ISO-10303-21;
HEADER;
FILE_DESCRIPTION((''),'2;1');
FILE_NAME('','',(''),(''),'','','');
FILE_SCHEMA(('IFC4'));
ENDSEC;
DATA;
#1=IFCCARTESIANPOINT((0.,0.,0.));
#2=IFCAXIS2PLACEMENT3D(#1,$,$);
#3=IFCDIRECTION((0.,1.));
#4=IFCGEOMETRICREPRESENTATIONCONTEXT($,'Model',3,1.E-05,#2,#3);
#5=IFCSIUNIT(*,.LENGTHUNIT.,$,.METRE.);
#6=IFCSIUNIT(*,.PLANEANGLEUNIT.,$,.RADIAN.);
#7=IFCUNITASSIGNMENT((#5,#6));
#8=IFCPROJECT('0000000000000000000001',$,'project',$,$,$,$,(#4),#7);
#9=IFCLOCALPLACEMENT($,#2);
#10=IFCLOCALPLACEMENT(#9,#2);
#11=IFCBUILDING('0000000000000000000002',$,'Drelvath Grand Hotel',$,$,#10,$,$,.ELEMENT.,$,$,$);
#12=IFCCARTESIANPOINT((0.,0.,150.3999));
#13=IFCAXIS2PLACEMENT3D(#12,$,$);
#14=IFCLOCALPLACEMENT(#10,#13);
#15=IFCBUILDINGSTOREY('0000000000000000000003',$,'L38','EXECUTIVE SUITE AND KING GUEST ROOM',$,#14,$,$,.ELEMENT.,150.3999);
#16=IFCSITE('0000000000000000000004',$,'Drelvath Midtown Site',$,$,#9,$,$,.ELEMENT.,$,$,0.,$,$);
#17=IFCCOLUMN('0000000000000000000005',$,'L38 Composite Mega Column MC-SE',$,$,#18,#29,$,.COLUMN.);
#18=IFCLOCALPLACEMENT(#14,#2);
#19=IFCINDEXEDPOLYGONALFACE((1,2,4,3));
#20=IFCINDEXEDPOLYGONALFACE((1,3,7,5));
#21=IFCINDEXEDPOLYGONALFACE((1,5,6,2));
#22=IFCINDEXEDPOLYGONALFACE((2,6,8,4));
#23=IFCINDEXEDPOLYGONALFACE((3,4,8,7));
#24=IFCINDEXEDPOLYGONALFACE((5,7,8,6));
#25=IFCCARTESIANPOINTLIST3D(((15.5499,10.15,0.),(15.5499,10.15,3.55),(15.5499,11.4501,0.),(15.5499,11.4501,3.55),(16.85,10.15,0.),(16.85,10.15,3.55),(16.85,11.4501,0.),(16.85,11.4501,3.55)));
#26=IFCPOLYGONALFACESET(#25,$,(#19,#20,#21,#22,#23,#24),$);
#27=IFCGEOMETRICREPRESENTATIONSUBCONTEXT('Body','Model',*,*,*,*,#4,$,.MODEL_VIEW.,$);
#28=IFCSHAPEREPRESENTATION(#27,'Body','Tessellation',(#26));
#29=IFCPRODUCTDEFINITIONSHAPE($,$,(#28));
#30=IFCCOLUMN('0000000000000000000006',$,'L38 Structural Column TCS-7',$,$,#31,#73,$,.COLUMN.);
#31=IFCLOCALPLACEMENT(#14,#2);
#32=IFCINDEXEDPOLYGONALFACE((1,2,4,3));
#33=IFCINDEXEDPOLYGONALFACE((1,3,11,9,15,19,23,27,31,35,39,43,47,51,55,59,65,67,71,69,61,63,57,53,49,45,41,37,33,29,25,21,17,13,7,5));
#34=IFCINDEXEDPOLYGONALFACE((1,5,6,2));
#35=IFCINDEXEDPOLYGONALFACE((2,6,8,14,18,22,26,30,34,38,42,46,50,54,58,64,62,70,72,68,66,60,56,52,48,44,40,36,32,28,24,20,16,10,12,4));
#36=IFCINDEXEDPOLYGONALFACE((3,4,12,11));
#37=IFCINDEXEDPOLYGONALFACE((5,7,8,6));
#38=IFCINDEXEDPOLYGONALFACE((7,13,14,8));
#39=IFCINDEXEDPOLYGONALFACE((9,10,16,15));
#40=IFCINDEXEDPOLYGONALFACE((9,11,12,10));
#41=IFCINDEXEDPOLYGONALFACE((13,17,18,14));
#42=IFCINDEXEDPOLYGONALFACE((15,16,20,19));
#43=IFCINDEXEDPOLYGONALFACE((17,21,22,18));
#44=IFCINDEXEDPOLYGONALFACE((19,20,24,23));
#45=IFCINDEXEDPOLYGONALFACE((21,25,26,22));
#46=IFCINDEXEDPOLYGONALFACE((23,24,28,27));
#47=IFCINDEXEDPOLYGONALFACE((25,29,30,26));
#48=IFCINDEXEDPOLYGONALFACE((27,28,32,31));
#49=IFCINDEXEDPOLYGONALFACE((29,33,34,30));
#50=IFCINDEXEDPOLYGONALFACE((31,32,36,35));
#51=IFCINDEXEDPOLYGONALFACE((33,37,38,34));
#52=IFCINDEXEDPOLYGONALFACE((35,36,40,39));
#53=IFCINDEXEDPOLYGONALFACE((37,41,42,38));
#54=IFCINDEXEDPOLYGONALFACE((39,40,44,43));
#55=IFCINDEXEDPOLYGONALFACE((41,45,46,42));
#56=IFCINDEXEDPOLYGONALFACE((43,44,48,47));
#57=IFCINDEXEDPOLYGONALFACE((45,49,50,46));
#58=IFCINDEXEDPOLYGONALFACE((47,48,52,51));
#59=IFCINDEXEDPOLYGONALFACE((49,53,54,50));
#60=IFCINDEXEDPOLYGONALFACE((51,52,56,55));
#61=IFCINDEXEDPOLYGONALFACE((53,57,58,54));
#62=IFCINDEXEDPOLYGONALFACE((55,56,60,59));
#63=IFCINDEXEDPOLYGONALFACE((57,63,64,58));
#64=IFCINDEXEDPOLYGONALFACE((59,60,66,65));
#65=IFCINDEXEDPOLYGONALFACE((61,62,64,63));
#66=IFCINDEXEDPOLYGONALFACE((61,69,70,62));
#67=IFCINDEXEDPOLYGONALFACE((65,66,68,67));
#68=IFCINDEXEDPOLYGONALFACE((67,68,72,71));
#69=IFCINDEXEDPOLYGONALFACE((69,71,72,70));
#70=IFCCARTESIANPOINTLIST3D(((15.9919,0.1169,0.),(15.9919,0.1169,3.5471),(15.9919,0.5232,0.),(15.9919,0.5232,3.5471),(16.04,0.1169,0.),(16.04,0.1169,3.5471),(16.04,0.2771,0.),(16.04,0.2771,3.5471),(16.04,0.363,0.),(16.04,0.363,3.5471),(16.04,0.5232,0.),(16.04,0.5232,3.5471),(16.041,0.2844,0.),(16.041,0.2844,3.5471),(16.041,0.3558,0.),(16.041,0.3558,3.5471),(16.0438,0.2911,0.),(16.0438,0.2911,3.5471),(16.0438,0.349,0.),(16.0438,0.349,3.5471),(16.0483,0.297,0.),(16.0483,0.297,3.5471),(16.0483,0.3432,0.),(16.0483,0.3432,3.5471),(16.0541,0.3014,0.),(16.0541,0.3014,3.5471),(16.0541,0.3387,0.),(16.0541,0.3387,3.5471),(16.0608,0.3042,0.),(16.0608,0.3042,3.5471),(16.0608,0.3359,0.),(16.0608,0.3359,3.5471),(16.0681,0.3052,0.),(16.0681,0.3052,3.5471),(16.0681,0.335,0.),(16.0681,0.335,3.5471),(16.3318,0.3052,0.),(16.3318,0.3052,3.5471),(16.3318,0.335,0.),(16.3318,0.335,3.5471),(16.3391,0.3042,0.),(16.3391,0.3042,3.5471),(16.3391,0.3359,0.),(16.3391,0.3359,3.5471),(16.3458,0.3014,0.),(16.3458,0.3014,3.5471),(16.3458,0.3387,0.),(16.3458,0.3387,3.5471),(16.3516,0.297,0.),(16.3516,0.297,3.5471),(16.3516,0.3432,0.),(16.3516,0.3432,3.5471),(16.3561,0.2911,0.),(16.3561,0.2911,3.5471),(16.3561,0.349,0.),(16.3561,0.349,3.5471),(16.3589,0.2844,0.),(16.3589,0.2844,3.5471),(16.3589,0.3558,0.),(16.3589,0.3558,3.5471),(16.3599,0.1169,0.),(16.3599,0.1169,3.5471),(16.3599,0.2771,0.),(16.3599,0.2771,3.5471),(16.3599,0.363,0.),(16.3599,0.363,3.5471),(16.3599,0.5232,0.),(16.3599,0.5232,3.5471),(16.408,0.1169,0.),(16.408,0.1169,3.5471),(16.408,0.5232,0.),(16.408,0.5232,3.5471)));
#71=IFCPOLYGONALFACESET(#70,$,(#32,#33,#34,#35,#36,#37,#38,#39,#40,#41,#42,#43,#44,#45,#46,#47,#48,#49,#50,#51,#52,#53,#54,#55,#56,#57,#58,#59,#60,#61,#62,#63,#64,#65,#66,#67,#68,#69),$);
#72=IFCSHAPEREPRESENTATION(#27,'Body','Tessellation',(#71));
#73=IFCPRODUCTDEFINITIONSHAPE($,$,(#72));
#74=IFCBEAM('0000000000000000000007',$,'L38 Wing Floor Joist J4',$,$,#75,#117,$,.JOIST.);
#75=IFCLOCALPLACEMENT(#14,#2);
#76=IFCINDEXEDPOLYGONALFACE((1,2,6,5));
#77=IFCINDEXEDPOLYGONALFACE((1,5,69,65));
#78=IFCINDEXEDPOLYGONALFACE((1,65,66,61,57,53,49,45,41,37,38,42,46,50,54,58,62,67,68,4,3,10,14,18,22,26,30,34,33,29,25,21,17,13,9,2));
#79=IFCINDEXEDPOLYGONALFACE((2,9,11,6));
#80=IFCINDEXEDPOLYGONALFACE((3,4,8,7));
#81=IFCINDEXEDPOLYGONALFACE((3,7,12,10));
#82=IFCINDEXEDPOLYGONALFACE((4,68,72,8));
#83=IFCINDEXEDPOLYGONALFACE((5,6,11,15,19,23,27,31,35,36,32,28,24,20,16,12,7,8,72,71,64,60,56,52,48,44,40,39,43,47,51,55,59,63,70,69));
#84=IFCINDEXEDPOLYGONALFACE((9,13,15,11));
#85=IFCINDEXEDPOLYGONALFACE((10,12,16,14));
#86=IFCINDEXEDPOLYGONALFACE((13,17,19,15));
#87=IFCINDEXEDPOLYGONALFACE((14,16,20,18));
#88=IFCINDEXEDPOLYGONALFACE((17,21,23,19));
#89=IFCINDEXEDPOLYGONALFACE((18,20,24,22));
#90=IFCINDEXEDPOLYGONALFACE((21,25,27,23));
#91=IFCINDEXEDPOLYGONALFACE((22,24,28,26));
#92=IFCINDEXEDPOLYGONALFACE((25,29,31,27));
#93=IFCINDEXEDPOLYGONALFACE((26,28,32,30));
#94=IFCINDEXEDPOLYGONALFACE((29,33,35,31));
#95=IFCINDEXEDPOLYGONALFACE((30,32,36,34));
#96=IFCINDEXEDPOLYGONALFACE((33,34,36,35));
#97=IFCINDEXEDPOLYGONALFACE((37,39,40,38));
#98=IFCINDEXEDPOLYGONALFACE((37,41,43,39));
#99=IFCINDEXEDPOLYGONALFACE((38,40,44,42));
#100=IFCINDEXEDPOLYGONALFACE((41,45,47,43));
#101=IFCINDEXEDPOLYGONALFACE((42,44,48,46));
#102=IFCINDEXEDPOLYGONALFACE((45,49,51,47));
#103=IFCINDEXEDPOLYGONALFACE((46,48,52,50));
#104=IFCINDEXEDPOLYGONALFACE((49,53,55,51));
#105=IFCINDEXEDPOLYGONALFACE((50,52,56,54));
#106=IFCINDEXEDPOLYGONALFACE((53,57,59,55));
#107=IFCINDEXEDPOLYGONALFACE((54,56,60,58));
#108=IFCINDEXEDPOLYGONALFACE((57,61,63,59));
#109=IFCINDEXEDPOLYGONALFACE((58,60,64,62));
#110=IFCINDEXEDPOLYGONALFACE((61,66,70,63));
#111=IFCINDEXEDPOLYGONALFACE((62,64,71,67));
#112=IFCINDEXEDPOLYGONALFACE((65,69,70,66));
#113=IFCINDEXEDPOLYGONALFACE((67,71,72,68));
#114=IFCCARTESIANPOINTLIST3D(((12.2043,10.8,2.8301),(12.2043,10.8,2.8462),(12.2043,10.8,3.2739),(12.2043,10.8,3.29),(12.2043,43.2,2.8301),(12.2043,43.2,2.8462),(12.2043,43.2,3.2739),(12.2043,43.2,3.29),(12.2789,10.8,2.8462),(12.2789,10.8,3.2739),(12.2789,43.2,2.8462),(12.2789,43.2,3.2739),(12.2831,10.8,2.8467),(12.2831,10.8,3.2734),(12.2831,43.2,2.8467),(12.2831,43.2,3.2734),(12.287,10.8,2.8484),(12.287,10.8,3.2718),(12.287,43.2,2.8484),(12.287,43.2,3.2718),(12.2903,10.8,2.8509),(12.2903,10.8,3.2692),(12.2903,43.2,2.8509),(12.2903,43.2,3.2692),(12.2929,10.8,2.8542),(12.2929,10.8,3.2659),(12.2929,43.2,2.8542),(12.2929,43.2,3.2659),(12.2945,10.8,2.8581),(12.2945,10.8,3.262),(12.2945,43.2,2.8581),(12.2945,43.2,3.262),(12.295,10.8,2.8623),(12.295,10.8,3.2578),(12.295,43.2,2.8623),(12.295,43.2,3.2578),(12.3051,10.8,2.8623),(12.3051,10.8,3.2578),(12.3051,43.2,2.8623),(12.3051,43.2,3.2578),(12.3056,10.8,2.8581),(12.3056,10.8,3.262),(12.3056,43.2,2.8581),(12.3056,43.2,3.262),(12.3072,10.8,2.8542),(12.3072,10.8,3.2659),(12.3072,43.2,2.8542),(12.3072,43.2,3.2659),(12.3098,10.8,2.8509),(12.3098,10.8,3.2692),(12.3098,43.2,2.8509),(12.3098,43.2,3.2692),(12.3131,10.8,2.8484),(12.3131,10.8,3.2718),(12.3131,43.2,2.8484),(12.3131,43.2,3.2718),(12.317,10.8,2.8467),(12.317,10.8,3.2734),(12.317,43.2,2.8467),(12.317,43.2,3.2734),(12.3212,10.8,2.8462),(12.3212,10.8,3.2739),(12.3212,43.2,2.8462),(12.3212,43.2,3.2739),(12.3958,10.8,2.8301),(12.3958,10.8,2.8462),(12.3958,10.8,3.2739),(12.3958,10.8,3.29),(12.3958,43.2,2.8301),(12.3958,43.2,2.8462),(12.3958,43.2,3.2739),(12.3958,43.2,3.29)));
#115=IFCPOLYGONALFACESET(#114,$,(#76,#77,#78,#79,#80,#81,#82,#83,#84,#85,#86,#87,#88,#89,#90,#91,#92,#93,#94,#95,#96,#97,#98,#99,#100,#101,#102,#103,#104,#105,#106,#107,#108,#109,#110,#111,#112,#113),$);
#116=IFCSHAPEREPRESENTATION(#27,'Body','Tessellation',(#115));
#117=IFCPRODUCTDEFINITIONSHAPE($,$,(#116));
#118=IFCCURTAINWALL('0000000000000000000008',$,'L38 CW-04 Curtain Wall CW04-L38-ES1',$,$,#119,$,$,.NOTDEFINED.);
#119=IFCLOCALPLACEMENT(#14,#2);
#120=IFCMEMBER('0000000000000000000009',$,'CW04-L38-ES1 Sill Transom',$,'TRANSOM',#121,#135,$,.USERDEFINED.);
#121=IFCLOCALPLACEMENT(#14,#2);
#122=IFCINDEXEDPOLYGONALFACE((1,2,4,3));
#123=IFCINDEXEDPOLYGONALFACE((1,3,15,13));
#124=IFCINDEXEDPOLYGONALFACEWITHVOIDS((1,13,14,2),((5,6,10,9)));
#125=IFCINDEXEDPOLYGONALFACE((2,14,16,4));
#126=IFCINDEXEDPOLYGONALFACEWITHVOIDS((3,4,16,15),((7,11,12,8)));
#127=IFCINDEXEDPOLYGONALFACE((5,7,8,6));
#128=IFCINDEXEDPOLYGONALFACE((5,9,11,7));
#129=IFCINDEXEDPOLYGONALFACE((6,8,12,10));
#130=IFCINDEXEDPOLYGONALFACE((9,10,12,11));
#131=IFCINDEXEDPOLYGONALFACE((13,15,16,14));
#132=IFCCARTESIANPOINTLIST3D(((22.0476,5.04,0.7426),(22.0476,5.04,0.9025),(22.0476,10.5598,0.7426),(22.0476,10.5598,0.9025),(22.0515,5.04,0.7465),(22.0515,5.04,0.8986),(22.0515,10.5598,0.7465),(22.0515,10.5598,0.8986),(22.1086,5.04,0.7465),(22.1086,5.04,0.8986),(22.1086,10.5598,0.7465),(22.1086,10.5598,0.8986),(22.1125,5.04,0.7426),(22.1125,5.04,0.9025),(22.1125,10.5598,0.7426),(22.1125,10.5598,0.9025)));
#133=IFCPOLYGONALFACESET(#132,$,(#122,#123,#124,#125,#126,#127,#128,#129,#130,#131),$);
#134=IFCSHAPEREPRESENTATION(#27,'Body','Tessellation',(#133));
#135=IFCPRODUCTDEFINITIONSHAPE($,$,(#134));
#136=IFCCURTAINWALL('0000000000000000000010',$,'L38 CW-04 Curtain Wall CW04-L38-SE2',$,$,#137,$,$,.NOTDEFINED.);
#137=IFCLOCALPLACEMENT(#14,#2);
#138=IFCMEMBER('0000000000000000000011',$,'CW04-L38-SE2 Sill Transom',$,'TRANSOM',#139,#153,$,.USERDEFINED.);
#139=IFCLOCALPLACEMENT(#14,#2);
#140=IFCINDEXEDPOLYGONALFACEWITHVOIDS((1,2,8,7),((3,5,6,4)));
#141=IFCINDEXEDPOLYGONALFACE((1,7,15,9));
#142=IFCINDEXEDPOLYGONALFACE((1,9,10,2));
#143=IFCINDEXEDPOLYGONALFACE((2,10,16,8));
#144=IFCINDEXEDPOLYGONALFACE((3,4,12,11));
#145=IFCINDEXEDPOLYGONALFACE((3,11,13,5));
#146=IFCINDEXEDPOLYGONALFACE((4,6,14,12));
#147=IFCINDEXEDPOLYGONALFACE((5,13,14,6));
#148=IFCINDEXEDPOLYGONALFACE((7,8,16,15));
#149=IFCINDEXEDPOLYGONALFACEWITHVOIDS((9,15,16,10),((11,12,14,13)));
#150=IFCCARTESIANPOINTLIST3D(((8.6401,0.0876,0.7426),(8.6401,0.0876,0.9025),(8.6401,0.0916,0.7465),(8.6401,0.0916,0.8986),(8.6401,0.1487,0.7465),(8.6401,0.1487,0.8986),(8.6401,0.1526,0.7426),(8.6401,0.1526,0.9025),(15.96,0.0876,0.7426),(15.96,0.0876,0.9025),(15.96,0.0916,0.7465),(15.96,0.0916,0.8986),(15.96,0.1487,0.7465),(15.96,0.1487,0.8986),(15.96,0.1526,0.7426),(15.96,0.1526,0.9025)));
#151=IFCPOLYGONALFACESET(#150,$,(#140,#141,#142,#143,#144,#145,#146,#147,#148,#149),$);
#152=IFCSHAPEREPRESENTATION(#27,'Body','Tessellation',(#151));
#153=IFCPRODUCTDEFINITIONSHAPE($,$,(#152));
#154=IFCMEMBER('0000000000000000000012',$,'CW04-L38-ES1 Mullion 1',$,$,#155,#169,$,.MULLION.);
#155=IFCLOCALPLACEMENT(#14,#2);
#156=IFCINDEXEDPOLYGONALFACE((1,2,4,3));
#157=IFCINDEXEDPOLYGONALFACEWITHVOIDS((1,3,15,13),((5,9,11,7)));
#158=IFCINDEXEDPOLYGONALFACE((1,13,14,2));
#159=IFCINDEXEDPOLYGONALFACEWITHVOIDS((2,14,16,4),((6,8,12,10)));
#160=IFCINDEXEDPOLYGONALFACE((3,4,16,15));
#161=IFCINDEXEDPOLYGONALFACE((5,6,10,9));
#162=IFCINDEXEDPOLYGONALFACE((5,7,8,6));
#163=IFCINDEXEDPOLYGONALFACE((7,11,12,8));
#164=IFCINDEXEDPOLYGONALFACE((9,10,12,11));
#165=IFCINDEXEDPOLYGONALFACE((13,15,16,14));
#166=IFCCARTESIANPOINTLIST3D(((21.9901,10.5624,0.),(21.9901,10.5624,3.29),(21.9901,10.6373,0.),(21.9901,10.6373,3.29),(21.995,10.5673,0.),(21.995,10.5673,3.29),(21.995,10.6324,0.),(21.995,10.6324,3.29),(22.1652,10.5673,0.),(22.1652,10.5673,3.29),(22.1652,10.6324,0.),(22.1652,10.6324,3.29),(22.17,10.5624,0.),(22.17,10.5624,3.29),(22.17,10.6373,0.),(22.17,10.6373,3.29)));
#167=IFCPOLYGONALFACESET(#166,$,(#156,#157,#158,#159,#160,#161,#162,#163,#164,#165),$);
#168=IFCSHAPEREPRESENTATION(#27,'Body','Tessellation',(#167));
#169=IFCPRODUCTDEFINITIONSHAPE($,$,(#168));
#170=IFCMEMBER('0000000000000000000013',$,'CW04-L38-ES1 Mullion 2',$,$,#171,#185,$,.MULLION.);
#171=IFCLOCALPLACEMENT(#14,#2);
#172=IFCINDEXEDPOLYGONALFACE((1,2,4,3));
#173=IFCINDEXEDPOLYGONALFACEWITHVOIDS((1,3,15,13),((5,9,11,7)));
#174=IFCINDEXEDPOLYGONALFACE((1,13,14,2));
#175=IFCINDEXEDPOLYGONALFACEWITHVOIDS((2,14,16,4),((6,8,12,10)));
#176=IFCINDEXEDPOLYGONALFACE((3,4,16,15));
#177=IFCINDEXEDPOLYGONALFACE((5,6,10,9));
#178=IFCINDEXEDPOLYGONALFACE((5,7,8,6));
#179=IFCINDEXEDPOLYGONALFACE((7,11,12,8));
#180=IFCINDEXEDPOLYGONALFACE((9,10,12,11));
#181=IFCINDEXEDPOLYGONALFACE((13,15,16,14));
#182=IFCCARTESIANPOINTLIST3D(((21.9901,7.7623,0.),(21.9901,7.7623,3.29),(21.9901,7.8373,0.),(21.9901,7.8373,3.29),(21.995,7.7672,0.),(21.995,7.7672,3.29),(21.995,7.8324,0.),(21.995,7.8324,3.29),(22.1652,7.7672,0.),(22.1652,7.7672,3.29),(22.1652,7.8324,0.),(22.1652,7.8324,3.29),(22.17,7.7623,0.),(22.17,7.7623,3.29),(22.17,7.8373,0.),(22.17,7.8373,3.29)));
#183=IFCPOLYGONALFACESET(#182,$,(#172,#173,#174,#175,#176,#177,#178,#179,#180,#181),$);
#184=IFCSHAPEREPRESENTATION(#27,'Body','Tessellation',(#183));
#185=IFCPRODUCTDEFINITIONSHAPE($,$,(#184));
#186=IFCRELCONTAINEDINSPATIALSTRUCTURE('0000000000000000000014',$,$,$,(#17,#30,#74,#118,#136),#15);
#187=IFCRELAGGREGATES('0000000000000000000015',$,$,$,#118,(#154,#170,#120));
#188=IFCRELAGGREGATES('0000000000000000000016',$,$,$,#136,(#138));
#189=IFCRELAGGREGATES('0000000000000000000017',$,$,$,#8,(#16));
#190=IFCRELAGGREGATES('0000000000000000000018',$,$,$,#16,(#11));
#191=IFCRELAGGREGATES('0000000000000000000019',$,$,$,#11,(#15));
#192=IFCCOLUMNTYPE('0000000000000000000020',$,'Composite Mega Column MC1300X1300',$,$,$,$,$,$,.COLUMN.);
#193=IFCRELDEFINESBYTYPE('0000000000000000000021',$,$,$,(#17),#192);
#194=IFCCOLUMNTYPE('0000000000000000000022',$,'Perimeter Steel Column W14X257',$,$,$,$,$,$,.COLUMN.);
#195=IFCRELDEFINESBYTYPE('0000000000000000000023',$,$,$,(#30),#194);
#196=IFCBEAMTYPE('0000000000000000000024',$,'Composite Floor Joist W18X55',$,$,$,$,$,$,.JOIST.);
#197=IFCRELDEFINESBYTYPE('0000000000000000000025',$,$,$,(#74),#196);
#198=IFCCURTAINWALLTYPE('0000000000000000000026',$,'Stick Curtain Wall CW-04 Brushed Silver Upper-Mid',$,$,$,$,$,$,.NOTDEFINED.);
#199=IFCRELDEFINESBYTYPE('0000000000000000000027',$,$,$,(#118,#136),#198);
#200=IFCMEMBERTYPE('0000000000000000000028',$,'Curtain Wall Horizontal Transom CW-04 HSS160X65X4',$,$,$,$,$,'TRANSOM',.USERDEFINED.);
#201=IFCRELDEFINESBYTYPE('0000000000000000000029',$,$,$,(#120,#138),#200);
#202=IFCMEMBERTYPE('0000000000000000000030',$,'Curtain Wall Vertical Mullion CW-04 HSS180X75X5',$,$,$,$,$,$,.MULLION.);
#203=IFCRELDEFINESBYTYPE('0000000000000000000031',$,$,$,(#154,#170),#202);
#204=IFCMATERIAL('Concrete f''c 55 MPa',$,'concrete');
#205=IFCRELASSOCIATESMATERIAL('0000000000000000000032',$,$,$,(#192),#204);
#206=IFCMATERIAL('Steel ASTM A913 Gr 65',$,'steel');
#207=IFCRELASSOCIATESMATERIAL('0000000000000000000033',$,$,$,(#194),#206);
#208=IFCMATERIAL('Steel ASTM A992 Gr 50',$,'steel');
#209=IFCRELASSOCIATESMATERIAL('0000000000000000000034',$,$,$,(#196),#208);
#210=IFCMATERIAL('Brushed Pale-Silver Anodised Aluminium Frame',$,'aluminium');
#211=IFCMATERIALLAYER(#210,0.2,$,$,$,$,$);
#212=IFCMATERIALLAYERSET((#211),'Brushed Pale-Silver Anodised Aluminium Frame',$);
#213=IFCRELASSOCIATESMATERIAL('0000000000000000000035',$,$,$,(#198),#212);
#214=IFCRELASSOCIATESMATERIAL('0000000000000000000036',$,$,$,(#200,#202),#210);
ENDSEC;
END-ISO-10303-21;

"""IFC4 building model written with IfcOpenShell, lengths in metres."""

from ifc_helpers import new_model, si_unit, direction, frame, origin, origin_2d, place, context, subcontext, project, spatial, rectangle, hollow_rectangle, i_section, extrude, material, layer, layer_set, material_profile, profile_set, type_object, element, aggregate, save


model = new_model("IFC4")

# Units and contexts
model_context = context("Model", 3, precision=1e-05, world=origin(), true_north=direction((0.0, 1.0)))
body_context = subcontext(model_context, "Body", "Model", "MODEL_VIEW")
ifc_project = project(units=[si_unit("LENGTHUNIT", "METRE"), si_unit("PLANEANGLEUNIT", "RADIAN")], contexts=[model_context])

# Site, building, storey
site_placement = place(None, origin())
site = spatial("IfcSite", under=ifc_project, at=site_placement, Name="Drelvath Midtown Site", CompositionType="ELEMENT", RefElevation=0.0)
building_placement = place(site_placement, origin())
building = spatial("IfcBuilding", under=site, at=building_placement, Name="Drelvath Grand Hotel", CompositionType="ELEMENT")
storey_placement = place(building_placement, frame((0.0, 0.0, 150.3999)))
storey = spatial("IfcBuildingStorey", under=building, at=storey_placement, Name="L38", Description="EXECUTIVE SUITE AND KING GUEST ROOM", CompositionType="ELEMENT", Elevation=150.3999)

# Columns
ifc_material_1 = material(Name="Concrete f'c 55 MPa", Category="concrete")
ifc_material_profile_1 = material_profile(ifc_material_1, rectangle(XDim=1.3, YDim=1.3, at=origin_2d()), Name="MC1300X1300")
ifc_profile_set_1 = profile_set([ifc_material_profile_1], Name="Concrete f'c 55 MPa")
column_type_1 = type_object("IfcColumnType", Name="Composite Mega Column MC1300X1300", PredefinedType="COLUMN", material=ifc_profile_set_1)
column_1_placement = place(storey_placement, frame((16.2, 10.8, 0.0), z_axis=(0.0, 0.0, 1.0), x_axis=(1.0, 0.0, 0.0)))
element("IfcColumn", 1, at=column_1_placement, inside=storey, type_object=column_type_1, Name="L38 Composite Mega Column MC-SE", PredefinedType="COLUMN", context=body_context, shape_type="SweptSolid", body=[
    extrude(rectangle(XDim=1.3, YDim=1.3, at=origin_2d()), origin(), (0.0, 0.0, 1.0), 3.55),
])
ifc_material_2 = material(Name="Steel ASTM A913 Gr 65", Category="steel")
ifc_material_profile_2 = material_profile(ifc_material_2, i_section(OverallWidth=0.4062, OverallDepth=0.416, WebThickness=0.0298, FlangeThickness=0.0481, FilletRadius=0.0281, at=origin_2d()), Name="W14X257")
ifc_profile_set_2 = profile_set([ifc_material_profile_2], Name="Steel ASTM A913 Gr 65")
column_type_2 = type_object("IfcColumnType", Name="Perimeter Steel Column W14X257", PredefinedType="COLUMN", material=ifc_profile_set_2)
column_2_placement = place(storey_placement, frame((16.2, 0.3201, 0.0), z_axis=(0.0, 0.0, 1.0), x_axis=(0.0, 1.0, 0.0)))
element("IfcColumn", 2, at=column_2_placement, inside=storey, type_object=column_type_2, Name="L38 Structural Column TCS-7", PredefinedType="COLUMN", context=body_context, shape_type="SweptSolid", body=[
    extrude(i_section(OverallWidth=0.4062, OverallDepth=0.416, WebThickness=0.0298, FlangeThickness=0.0481, FilletRadius=0.0281, at=origin_2d()), origin(), (0.0, 0.0, 1.0), 3.5471),
])

# Beam
ifc_material_3 = material(Name="Steel ASTM A992 Gr 50", Category="steel")
ifc_material_profile_3 = material_profile(ifc_material_3, i_section(OverallWidth=0.1914, OverallDepth=0.46, WebThickness=0.01, FlangeThickness=0.0161, FilletRadius=0.0161, at=origin_2d()), Name="W18X55")
ifc_profile_set_3 = profile_set([ifc_material_profile_3], Name="Steel ASTM A992 Gr 50")
beam_type_1 = type_object("IfcBeamType", Name="Composite Floor Joist W18X55", PredefinedType="JOIST", material=ifc_profile_set_3)
beam_1_placement = place(storey_placement, frame((12.3, 10.8, 3.0601), z_axis=(0.0, 1.0, 0.0), x_axis=(-1.0, 0.0, 0.0)))
element("IfcBeam", 3, at=beam_1_placement, inside=storey, type_object=beam_type_1, Name="L38 Wing Floor Joist J4", PredefinedType="JOIST", context=body_context, shape_type="SweptSolid", body=[
    extrude(i_section(OverallWidth=0.1914, OverallDepth=0.46, WebThickness=0.01, FlangeThickness=0.0161, FilletRadius=0.0161, at=origin_2d()), origin(), (0.0, 0.0, 1.0), 32.3999),
])

# Curtain walls, members
ifc_material_4 = material(Name="Brushed Pale-Silver Anodised Aluminium Frame", Category="aluminium")
ifc_layer_1 = layer(ifc_material_4, 0.2)
ifc_layer_set_1 = layer_set([ifc_layer_1], Name="Brushed Pale-Silver Anodised Aluminium Frame")
curtain_wall_type = type_object("IfcCurtainWallType", Name="Stick Curtain Wall CW-04 Brushed Silver Upper-Mid", PredefinedType="NOTDEFINED", material=ifc_layer_set_1)
curtain_wall_1_placement = place(storey_placement, origin())
curtain_wall_1 = element("IfcCurtainWall", 4, at=curtain_wall_1_placement, inside=storey, type_object=curtain_wall_type, Name="L38 CW-04 Curtain Wall CW04-L38-ES1", PredefinedType="NOTDEFINED")
ifc_material_profile_4 = material_profile(ifc_material_4, hollow_rectangle(XDim=0.0649, YDim=0.1599, WallThickness=0.0039, at=origin_2d()), Name="HSS160X65X4")
ifc_profile_set_4 = profile_set([ifc_material_profile_4], Name="Brushed Pale-Silver Anodised Aluminium Frame")
member_type_1 = type_object("IfcMemberType", Name="Curtain Wall Horizontal Transom CW-04 HSS160X65X4", ElementType="TRANSOM", PredefinedType="USERDEFINED", material=ifc_profile_set_4)
member_1_placement = place(storey_placement, frame((22.0801, 10.5598, 0.8225), z_axis=(0.0, -1.0, 0.0), x_axis=(1.0, 0.0, 0.0)))
member_1 = element("IfcMember", 5, at=member_1_placement, type_object=member_type_1, Name="CW04-L38-ES1 Sill Transom", ObjectType="TRANSOM", PredefinedType="USERDEFINED", context=body_context, shape_type="SweptSolid", body=[
    extrude(hollow_rectangle(XDim=0.0649, YDim=0.1599, WallThickness=0.0039, at=origin_2d()), origin(), (0.0, 0.0, 1.0), 5.5198),
])
curtain_wall_2_placement = place(storey_placement, origin())
curtain_wall_2 = element("IfcCurtainWall", 6, at=curtain_wall_2_placement, inside=storey, type_object=curtain_wall_type, Name="L38 CW-04 Curtain Wall CW04-L38-SE2", PredefinedType="NOTDEFINED")
member_2_placement = place(storey_placement, frame((15.96, 0.1201, 0.8225), z_axis=(-1.0, 0.0, 0.0), x_axis=(0.0, -1.0, 0.0)))
member_2 = element("IfcMember", 7, at=member_2_placement, type_object=member_type_1, Name="CW04-L38-SE2 Sill Transom", ObjectType="TRANSOM", PredefinedType="USERDEFINED", context=body_context, shape_type="SweptSolid", body=[
    extrude(hollow_rectangle(XDim=0.0649, YDim=0.1599, WallThickness=0.0039, at=origin_2d()), origin(), (0.0, 0.0, 1.0), 7.3198),
])

# Members
ifc_material_profile_5 = material_profile(ifc_material_4, hollow_rectangle(XDim=0.075, YDim=0.1799, WallThickness=0.0049, at=origin_2d()), Name="HSS180X75X5")
ifc_profile_set_5 = profile_set([ifc_material_profile_5], Name="Brushed Pale-Silver Anodised Aluminium Frame")
member_type_2 = type_object("IfcMemberType", Name="Curtain Wall Vertical Mullion CW-04 HSS180X75X5", PredefinedType="MULLION", material=ifc_profile_set_5)
member_3_placement = place(storey_placement, frame((22.0801, 10.5999, 0.0), z_axis=(0.0, 0.0, 1.0), x_axis=(0.0, 1.0, 0.0)))
member_3 = element("IfcMember", 8, at=member_3_placement, type_object=member_type_2, Name="CW04-L38-ES1 Mullion 1", PredefinedType="MULLION", context=body_context, shape_type="SweptSolid", body=[
    extrude(hollow_rectangle(XDim=0.075, YDim=0.1799, WallThickness=0.0049, at=origin_2d()), origin(), (0.0, 0.0, 1.0), 3.29),
])
member_4_placement = place(storey_placement, frame((22.0801, 7.7998, 0.0), z_axis=(0.0, 0.0, 1.0), x_axis=(0.0, 1.0, 0.0)))
member_4 = element("IfcMember", 9, at=member_4_placement, type_object=member_type_2, Name="CW04-L38-ES1 Mullion 2", PredefinedType="MULLION", context=body_context, shape_type="SweptSolid", body=[
    extrude(hollow_rectangle(XDim=0.075, YDim=0.1799, WallThickness=0.0049, at=origin_2d()), origin(), (0.0, 0.0, 1.0), 3.29),
])

aggregate(curtain_wall_1, [member_3, member_4, member_1])
aggregate(curtain_wall_2, [member_2])

save(model, "model.ifc")
